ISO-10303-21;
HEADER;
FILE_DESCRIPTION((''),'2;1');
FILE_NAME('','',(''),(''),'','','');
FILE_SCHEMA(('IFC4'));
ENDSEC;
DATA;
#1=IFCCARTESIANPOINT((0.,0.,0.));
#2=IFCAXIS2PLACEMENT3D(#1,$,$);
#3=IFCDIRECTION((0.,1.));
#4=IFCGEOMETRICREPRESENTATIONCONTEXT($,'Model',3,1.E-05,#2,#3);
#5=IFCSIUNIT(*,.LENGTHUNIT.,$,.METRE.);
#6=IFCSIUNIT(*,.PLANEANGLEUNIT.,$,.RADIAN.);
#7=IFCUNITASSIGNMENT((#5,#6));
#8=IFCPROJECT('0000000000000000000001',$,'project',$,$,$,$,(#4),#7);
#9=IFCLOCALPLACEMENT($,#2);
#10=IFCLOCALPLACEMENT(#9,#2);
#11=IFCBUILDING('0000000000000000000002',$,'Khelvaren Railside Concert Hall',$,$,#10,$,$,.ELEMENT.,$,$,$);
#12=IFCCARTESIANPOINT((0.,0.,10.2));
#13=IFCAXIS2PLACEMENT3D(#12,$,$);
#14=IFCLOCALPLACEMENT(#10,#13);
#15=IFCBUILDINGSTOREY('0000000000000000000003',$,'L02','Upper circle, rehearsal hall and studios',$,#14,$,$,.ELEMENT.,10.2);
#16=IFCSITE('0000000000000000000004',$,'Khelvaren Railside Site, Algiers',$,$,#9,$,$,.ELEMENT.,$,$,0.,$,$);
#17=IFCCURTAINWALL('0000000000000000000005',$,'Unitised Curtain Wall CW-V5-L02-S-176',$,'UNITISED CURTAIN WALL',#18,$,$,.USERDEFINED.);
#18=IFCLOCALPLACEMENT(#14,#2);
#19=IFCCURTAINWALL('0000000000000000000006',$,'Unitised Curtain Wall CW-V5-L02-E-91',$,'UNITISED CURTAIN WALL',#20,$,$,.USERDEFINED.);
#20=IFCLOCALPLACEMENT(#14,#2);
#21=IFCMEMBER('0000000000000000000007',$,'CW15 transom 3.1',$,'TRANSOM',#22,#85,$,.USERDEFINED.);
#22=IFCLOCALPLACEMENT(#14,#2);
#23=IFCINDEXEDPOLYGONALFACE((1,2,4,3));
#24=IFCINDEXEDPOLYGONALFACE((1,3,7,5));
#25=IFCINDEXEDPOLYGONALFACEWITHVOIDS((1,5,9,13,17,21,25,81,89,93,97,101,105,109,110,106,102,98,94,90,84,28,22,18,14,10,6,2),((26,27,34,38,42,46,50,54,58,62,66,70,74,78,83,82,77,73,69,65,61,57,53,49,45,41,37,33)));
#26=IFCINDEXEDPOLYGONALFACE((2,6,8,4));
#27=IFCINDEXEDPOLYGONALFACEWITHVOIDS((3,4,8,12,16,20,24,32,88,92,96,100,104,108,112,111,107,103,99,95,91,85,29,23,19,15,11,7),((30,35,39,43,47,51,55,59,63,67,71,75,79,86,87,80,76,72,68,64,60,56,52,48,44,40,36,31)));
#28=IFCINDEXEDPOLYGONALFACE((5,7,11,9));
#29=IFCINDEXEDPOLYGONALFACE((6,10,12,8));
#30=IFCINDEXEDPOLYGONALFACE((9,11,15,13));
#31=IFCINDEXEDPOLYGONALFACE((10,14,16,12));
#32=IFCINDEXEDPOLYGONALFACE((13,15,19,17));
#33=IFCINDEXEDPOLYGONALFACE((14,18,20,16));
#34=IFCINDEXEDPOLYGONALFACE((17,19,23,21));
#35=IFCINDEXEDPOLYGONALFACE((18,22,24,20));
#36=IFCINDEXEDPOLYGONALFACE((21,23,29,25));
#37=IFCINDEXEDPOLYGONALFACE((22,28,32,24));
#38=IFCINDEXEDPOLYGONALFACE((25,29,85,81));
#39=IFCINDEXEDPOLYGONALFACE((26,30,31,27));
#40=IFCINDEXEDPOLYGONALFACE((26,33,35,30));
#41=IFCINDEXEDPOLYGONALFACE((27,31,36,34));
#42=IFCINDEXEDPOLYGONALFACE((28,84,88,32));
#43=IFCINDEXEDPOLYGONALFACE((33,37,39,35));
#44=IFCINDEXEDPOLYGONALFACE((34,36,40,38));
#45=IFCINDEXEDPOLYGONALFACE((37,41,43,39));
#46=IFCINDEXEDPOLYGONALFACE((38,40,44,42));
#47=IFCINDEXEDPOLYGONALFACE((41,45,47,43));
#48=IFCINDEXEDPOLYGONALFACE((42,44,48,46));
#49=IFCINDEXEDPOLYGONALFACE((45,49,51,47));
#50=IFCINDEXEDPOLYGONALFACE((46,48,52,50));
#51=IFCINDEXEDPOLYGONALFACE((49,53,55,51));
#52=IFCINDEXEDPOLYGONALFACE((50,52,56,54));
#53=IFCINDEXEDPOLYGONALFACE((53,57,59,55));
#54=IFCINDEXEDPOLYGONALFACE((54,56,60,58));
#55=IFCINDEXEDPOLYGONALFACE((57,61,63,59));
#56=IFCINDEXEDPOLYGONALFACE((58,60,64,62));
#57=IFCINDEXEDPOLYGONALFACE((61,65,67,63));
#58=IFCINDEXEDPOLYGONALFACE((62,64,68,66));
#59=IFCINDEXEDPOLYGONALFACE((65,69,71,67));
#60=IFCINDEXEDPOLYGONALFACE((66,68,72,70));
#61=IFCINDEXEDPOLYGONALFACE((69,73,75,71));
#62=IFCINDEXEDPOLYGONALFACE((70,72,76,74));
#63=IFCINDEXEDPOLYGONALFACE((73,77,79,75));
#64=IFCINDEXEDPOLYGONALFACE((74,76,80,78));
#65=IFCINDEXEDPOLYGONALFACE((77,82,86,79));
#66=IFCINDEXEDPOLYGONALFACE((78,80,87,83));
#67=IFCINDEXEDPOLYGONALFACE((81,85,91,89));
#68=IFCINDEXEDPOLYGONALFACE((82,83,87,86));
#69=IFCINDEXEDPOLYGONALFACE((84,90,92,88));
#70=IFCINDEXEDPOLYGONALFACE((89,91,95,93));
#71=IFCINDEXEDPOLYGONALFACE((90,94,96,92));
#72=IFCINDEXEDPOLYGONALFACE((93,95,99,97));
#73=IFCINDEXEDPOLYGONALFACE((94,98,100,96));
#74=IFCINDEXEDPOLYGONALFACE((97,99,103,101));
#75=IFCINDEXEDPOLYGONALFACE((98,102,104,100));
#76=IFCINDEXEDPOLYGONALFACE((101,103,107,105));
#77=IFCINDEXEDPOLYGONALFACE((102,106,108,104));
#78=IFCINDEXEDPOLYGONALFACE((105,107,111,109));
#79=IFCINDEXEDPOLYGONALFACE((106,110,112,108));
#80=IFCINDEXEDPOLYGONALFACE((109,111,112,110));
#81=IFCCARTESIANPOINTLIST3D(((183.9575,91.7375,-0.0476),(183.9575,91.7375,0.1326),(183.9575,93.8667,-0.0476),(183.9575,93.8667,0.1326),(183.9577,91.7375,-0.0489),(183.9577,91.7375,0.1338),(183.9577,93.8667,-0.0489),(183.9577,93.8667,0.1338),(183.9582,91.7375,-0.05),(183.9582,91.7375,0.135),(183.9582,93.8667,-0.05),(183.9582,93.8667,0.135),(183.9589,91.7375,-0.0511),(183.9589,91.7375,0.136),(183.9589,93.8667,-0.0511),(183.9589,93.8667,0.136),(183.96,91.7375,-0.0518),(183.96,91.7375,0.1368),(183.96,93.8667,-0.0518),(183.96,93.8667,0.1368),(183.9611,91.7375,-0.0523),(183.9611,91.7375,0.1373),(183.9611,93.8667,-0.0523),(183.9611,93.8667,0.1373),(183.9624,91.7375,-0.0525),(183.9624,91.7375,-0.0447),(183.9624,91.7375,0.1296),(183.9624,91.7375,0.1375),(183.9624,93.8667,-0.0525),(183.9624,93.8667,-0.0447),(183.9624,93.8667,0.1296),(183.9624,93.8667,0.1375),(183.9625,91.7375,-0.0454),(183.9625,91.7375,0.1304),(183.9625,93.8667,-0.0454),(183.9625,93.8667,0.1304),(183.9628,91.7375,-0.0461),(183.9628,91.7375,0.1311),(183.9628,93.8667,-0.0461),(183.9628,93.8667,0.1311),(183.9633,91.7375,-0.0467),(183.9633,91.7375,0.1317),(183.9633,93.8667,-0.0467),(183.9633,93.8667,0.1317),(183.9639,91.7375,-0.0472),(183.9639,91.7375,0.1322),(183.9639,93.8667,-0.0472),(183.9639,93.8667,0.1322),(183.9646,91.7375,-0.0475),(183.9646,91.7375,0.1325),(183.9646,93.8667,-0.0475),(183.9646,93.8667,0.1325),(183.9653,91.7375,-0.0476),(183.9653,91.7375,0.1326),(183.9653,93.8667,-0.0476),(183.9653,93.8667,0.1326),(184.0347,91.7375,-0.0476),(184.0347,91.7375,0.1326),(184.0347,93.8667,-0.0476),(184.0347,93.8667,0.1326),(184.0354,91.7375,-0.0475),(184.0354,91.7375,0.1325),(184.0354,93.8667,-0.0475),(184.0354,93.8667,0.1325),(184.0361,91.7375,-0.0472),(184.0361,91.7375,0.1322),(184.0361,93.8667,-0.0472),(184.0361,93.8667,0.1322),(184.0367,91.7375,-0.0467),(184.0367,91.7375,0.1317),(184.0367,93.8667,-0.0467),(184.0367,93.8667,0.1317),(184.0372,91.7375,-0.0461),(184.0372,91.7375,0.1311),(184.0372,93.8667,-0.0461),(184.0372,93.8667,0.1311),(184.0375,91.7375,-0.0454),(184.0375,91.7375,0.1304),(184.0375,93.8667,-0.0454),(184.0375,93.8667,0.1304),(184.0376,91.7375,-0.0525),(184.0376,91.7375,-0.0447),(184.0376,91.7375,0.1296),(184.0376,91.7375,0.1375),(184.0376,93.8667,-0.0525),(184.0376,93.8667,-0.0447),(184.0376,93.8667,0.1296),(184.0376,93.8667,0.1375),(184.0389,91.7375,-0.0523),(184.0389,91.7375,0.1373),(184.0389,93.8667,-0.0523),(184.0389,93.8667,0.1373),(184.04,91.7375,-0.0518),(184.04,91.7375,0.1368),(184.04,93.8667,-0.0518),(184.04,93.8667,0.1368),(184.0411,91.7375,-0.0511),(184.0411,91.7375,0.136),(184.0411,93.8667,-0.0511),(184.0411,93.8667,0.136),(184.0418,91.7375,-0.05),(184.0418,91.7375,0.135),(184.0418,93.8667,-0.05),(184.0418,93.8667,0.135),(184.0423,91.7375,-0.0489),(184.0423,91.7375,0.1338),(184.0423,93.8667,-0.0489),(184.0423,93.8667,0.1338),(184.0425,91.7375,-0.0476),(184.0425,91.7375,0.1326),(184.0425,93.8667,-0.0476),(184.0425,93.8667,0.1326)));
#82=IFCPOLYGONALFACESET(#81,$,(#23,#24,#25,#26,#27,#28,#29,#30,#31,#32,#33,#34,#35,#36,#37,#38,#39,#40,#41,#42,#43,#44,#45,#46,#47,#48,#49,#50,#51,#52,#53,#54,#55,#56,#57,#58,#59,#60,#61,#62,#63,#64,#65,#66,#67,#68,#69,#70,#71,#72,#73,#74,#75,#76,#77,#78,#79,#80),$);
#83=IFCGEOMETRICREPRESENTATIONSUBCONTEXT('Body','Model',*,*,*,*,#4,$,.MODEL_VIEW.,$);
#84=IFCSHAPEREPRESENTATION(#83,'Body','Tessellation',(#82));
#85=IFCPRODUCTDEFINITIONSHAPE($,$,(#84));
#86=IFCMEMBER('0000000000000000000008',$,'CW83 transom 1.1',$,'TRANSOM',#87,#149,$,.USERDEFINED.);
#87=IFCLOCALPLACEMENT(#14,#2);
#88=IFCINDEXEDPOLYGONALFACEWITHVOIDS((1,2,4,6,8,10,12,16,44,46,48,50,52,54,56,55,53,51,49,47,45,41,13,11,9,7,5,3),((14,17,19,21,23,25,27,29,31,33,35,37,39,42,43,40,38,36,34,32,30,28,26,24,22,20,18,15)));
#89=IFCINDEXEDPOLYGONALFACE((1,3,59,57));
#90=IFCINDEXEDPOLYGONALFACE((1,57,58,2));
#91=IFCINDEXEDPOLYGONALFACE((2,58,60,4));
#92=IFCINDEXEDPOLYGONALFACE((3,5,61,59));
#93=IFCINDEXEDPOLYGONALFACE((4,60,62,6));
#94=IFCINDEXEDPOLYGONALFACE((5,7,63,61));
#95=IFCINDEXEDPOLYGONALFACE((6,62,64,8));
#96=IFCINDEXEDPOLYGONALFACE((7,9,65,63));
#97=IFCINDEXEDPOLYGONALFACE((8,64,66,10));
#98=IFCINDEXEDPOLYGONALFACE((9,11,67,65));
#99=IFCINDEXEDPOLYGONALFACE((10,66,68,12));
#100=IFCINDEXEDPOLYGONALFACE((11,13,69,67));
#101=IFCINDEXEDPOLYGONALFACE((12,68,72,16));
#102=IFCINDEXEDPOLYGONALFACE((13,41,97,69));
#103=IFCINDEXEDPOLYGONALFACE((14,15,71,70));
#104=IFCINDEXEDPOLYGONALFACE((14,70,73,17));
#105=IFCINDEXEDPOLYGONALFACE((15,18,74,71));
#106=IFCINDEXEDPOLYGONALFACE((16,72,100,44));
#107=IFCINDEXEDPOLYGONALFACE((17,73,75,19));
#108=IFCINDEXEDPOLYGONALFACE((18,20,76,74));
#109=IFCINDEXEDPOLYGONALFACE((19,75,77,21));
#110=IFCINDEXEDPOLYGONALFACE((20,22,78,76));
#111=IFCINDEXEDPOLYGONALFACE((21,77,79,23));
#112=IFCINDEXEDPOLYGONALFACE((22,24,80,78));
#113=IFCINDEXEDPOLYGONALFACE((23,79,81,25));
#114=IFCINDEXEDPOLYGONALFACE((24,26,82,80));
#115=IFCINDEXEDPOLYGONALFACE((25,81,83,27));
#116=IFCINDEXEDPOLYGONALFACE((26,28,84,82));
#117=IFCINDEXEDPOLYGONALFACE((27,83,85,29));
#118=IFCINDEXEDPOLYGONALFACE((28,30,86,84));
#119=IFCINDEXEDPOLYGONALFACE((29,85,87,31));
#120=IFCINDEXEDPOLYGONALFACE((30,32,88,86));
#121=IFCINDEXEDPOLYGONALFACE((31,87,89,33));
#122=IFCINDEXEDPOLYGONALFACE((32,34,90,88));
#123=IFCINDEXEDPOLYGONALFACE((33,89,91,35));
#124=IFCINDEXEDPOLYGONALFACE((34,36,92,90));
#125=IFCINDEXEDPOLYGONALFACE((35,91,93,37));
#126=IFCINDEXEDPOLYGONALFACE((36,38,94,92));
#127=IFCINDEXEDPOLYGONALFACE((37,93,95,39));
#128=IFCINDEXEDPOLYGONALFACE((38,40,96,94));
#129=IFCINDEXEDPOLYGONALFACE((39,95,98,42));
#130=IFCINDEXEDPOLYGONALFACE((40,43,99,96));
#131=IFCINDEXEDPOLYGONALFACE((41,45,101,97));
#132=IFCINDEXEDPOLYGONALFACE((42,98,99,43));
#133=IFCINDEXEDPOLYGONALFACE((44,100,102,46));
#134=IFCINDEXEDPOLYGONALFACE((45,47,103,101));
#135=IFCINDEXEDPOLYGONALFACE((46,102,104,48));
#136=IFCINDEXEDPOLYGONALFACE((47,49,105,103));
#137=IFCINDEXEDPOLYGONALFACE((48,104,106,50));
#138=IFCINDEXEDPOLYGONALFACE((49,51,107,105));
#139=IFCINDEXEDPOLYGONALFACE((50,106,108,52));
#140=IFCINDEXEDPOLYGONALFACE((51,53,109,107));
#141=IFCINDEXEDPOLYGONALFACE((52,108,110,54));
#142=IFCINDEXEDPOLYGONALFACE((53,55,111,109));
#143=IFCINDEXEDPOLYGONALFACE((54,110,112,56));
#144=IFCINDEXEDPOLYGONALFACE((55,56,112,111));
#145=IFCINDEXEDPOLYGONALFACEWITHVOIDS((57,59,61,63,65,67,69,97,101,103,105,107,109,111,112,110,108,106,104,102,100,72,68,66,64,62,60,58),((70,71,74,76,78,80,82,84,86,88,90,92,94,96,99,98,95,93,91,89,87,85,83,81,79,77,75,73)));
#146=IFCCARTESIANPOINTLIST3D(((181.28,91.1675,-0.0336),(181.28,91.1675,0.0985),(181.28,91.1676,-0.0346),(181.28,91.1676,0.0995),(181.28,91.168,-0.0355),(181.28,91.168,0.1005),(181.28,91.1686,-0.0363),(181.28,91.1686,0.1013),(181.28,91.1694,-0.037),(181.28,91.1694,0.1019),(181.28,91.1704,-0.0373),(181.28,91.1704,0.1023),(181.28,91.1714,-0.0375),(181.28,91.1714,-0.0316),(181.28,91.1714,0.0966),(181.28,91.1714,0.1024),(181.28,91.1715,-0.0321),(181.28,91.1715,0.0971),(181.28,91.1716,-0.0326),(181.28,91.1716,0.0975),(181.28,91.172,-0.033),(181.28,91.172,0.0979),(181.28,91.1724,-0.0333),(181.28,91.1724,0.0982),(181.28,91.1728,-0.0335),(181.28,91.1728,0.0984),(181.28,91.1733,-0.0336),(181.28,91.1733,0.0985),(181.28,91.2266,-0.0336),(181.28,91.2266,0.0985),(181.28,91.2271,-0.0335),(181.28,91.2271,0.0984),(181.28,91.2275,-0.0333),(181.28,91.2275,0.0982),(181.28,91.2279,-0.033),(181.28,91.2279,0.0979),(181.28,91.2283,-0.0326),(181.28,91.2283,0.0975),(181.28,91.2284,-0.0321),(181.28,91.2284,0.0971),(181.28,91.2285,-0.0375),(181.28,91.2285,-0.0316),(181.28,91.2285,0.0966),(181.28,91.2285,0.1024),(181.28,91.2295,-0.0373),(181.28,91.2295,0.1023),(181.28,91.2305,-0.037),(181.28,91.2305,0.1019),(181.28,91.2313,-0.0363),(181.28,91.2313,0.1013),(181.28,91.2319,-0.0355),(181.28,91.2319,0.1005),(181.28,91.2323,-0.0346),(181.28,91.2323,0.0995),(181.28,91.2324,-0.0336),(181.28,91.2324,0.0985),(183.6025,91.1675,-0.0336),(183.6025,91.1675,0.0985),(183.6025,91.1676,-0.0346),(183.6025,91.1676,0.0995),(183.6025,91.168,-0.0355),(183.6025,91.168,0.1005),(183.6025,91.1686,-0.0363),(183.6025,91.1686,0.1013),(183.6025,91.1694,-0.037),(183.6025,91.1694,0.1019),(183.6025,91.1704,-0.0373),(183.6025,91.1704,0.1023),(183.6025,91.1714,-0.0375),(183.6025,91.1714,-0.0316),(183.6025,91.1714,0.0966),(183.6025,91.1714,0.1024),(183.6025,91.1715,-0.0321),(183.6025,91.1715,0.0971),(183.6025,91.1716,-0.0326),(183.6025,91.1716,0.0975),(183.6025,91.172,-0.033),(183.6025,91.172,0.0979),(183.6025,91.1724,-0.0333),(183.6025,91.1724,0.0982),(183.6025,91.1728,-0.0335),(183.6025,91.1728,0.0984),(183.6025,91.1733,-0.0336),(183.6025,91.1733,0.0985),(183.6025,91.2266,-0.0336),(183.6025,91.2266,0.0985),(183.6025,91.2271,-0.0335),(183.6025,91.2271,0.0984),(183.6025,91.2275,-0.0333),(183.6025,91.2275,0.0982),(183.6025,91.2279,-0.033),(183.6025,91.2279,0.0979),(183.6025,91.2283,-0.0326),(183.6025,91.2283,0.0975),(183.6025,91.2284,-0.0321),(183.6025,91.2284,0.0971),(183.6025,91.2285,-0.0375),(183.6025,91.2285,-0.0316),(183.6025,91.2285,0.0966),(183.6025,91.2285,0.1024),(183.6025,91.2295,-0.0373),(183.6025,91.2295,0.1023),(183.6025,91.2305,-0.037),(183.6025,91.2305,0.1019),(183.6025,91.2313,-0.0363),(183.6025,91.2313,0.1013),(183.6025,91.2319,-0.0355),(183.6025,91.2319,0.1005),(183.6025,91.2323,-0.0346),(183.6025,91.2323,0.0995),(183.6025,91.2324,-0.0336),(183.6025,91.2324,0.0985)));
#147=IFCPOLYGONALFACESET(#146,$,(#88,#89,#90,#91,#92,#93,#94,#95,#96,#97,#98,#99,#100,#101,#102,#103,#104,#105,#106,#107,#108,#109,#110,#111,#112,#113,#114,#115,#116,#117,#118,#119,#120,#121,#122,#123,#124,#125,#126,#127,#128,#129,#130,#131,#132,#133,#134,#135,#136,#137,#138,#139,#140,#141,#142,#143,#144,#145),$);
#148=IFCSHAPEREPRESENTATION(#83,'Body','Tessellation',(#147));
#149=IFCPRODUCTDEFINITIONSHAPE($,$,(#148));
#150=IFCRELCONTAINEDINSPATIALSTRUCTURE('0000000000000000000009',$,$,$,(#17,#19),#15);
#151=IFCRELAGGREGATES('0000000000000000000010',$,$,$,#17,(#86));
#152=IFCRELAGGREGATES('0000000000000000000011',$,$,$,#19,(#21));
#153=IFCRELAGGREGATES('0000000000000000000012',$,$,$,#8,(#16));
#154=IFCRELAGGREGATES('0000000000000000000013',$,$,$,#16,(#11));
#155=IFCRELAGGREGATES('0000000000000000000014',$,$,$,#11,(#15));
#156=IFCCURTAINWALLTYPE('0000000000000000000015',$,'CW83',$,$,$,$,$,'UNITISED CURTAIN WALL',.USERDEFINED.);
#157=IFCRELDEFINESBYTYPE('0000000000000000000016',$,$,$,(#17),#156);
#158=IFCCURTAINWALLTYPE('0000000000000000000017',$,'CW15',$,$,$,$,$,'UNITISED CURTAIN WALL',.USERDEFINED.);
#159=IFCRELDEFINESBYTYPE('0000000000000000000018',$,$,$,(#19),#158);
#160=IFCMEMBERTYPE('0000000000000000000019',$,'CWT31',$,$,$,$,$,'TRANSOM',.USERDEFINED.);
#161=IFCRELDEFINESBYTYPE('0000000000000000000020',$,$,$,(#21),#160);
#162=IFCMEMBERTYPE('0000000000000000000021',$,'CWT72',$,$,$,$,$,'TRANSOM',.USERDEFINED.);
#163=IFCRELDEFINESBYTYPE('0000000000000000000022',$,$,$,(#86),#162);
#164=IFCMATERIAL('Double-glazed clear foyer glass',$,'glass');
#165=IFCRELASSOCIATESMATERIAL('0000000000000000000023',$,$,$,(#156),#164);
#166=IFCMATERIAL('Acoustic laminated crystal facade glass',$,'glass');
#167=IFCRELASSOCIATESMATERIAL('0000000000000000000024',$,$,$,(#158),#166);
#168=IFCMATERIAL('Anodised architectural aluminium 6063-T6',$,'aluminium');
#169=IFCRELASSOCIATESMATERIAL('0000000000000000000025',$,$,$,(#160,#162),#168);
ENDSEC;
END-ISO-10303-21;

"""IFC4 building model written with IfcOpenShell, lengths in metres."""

from ifc_helpers import new_model, si_unit, direction, frame, origin, origin_2d, place, context, subcontext, project, spatial, hollow_rectangle, extrude, material, material_profile, profile_set, type_object, element, aggregate, save


model = new_model("IFC4")

# Units and contexts
model_context = context("Model", 3, precision=1e-05, world=origin(), true_north=direction((0.0, 1.0)))
body_context = subcontext(model_context, "Body", "Model", "MODEL_VIEW")
ifc_project = project(units=[si_unit("LENGTHUNIT", "METRE"), si_unit("PLANEANGLEUNIT", "RADIAN")], contexts=[model_context])

# Site, building, storey
site_placement = place(None, origin())
site = spatial("IfcSite", under=ifc_project, at=site_placement, Name="Khelvaren Railside Site, Algiers", CompositionType="ELEMENT", RefElevation=0.0)
building_placement = place(site_placement, origin())
building = spatial("IfcBuilding", under=site, at=building_placement, Name="Khelvaren Railside Concert Hall", CompositionType="ELEMENT")
storey_placement = place(building_placement, frame((0.0, 0.0, 10.2)))
storey = spatial("IfcBuildingStorey", under=building, at=storey_placement, Name="L02", Description="Upper circle, rehearsal hall and studios", CompositionType="ELEMENT", Elevation=10.2)

# Curtain walls, member
ifc_material_1 = material(Name="Double-glazed clear foyer glass", Category="glass")
curtain_wall_type_1 = type_object("IfcCurtainWallType", Name="CW83", ElementType="UNITISED CURTAIN WALL", PredefinedType="USERDEFINED", material=ifc_material_1)
curtain_wall_1_placement = place(storey_placement, origin())
curtain_wall_1 = element("IfcCurtainWall", 1, at=curtain_wall_1_placement, inside=storey, type_object=curtain_wall_type_1, Name="Unitised Curtain Wall CW-V5-L02-S-176", ObjectType="UNITISED CURTAIN WALL", PredefinedType="USERDEFINED")
ifc_material_2 = material(Name="Anodised architectural aluminium 6063-T6", Category="aluminium")
ifc_material_3 = material(Name="Acoustic laminated crystal facade glass", Category="glass")
curtain_wall_type_2 = type_object("IfcCurtainWallType", Name="CW15", ElementType="UNITISED CURTAIN WALL", PredefinedType="USERDEFINED", material=ifc_material_3)
curtain_wall_2_placement = place(storey_placement, origin())
curtain_wall_2 = element("IfcCurtainWall", 2, at=curtain_wall_2_placement, inside=storey, type_object=curtain_wall_type_2, Name="Unitised Curtain Wall CW-V5-L02-E-91", ObjectType="UNITISED CURTAIN WALL", PredefinedType="USERDEFINED")
ifc_material_profile_1 = material_profile(ifc_material_2, hollow_rectangle(XDim=0.085, YDim=0.1899, WallThickness=0.0049, InnerFilletRadius=0.0029, OuterFilletRadius=0.0049, at=origin_2d()), Name="CWT 85x190x5")
ifc_profile_set_1 = profile_set([ifc_material_profile_1], Name="Anodised architectural aluminium 6063-T6")
member_type_1 = type_object("IfcMemberType", Name="CWT31", ElementType="TRANSOM", PredefinedType="USERDEFINED", material=ifc_profile_set_1)
member_1_placement = place(storey_placement, frame((184.0, 93.8667, 0.0425), z_axis=(0.0, -1.0, 0.0), x_axis=(1.0, 0.0, 0.0)))
member_1 = element("IfcMember", 3, at=member_1_placement, type_object=member_type_1, Name="CW15 transom 3.1", ObjectType="TRANSOM", PredefinedType="USERDEFINED", context=body_context, shape_type="SweptSolid", body=[
    extrude(hollow_rectangle(XDim=0.085, YDim=0.1899, WallThickness=0.0049, InnerFilletRadius=0.0029, OuterFilletRadius=0.0049, at=origin_2d()), origin(), (0.0, 0.0, 1.0), 2.1292),
])

# Member
ifc_material_profile_2 = material_profile(ifc_material_2, hollow_rectangle(XDim=0.0649, YDim=0.1399, WallThickness=0.0039, InnerFilletRadius=0.002, OuterFilletRadius=0.0039, at=origin_2d()), Name="CWT 65x140x4")
ifc_profile_set_2 = profile_set([ifc_material_profile_2], Name="Anodised architectural aluminium 6063-T6")
member_type_2 = type_object("IfcMemberType", Name="CWT72", ElementType="TRANSOM", PredefinedType="USERDEFINED", material=ifc_profile_set_2)
member_2_placement = place(storey_placement, frame((183.6025, 91.2, 0.0325), z_axis=(-1.0, 0.0, 0.0), x_axis=(0.0, -1.0, 0.0)))
member_2 = element("IfcMember", 4, at=member_2_placement, type_object=member_type_2, Name="CW83 transom 1.1", ObjectType="TRANSOM", PredefinedType="USERDEFINED", context=body_context, shape_type="SweptSolid", body=[
    extrude(hollow_rectangle(XDim=0.0649, YDim=0.1399, WallThickness=0.0039, InnerFilletRadius=0.002, OuterFilletRadius=0.0039, at=origin_2d()), origin(), (0.0, 0.0, 1.0), 2.3225),
])

aggregate(curtain_wall_1, [member_2])
aggregate(curtain_wall_2, [member_1])

save(model, "model.ifc")
